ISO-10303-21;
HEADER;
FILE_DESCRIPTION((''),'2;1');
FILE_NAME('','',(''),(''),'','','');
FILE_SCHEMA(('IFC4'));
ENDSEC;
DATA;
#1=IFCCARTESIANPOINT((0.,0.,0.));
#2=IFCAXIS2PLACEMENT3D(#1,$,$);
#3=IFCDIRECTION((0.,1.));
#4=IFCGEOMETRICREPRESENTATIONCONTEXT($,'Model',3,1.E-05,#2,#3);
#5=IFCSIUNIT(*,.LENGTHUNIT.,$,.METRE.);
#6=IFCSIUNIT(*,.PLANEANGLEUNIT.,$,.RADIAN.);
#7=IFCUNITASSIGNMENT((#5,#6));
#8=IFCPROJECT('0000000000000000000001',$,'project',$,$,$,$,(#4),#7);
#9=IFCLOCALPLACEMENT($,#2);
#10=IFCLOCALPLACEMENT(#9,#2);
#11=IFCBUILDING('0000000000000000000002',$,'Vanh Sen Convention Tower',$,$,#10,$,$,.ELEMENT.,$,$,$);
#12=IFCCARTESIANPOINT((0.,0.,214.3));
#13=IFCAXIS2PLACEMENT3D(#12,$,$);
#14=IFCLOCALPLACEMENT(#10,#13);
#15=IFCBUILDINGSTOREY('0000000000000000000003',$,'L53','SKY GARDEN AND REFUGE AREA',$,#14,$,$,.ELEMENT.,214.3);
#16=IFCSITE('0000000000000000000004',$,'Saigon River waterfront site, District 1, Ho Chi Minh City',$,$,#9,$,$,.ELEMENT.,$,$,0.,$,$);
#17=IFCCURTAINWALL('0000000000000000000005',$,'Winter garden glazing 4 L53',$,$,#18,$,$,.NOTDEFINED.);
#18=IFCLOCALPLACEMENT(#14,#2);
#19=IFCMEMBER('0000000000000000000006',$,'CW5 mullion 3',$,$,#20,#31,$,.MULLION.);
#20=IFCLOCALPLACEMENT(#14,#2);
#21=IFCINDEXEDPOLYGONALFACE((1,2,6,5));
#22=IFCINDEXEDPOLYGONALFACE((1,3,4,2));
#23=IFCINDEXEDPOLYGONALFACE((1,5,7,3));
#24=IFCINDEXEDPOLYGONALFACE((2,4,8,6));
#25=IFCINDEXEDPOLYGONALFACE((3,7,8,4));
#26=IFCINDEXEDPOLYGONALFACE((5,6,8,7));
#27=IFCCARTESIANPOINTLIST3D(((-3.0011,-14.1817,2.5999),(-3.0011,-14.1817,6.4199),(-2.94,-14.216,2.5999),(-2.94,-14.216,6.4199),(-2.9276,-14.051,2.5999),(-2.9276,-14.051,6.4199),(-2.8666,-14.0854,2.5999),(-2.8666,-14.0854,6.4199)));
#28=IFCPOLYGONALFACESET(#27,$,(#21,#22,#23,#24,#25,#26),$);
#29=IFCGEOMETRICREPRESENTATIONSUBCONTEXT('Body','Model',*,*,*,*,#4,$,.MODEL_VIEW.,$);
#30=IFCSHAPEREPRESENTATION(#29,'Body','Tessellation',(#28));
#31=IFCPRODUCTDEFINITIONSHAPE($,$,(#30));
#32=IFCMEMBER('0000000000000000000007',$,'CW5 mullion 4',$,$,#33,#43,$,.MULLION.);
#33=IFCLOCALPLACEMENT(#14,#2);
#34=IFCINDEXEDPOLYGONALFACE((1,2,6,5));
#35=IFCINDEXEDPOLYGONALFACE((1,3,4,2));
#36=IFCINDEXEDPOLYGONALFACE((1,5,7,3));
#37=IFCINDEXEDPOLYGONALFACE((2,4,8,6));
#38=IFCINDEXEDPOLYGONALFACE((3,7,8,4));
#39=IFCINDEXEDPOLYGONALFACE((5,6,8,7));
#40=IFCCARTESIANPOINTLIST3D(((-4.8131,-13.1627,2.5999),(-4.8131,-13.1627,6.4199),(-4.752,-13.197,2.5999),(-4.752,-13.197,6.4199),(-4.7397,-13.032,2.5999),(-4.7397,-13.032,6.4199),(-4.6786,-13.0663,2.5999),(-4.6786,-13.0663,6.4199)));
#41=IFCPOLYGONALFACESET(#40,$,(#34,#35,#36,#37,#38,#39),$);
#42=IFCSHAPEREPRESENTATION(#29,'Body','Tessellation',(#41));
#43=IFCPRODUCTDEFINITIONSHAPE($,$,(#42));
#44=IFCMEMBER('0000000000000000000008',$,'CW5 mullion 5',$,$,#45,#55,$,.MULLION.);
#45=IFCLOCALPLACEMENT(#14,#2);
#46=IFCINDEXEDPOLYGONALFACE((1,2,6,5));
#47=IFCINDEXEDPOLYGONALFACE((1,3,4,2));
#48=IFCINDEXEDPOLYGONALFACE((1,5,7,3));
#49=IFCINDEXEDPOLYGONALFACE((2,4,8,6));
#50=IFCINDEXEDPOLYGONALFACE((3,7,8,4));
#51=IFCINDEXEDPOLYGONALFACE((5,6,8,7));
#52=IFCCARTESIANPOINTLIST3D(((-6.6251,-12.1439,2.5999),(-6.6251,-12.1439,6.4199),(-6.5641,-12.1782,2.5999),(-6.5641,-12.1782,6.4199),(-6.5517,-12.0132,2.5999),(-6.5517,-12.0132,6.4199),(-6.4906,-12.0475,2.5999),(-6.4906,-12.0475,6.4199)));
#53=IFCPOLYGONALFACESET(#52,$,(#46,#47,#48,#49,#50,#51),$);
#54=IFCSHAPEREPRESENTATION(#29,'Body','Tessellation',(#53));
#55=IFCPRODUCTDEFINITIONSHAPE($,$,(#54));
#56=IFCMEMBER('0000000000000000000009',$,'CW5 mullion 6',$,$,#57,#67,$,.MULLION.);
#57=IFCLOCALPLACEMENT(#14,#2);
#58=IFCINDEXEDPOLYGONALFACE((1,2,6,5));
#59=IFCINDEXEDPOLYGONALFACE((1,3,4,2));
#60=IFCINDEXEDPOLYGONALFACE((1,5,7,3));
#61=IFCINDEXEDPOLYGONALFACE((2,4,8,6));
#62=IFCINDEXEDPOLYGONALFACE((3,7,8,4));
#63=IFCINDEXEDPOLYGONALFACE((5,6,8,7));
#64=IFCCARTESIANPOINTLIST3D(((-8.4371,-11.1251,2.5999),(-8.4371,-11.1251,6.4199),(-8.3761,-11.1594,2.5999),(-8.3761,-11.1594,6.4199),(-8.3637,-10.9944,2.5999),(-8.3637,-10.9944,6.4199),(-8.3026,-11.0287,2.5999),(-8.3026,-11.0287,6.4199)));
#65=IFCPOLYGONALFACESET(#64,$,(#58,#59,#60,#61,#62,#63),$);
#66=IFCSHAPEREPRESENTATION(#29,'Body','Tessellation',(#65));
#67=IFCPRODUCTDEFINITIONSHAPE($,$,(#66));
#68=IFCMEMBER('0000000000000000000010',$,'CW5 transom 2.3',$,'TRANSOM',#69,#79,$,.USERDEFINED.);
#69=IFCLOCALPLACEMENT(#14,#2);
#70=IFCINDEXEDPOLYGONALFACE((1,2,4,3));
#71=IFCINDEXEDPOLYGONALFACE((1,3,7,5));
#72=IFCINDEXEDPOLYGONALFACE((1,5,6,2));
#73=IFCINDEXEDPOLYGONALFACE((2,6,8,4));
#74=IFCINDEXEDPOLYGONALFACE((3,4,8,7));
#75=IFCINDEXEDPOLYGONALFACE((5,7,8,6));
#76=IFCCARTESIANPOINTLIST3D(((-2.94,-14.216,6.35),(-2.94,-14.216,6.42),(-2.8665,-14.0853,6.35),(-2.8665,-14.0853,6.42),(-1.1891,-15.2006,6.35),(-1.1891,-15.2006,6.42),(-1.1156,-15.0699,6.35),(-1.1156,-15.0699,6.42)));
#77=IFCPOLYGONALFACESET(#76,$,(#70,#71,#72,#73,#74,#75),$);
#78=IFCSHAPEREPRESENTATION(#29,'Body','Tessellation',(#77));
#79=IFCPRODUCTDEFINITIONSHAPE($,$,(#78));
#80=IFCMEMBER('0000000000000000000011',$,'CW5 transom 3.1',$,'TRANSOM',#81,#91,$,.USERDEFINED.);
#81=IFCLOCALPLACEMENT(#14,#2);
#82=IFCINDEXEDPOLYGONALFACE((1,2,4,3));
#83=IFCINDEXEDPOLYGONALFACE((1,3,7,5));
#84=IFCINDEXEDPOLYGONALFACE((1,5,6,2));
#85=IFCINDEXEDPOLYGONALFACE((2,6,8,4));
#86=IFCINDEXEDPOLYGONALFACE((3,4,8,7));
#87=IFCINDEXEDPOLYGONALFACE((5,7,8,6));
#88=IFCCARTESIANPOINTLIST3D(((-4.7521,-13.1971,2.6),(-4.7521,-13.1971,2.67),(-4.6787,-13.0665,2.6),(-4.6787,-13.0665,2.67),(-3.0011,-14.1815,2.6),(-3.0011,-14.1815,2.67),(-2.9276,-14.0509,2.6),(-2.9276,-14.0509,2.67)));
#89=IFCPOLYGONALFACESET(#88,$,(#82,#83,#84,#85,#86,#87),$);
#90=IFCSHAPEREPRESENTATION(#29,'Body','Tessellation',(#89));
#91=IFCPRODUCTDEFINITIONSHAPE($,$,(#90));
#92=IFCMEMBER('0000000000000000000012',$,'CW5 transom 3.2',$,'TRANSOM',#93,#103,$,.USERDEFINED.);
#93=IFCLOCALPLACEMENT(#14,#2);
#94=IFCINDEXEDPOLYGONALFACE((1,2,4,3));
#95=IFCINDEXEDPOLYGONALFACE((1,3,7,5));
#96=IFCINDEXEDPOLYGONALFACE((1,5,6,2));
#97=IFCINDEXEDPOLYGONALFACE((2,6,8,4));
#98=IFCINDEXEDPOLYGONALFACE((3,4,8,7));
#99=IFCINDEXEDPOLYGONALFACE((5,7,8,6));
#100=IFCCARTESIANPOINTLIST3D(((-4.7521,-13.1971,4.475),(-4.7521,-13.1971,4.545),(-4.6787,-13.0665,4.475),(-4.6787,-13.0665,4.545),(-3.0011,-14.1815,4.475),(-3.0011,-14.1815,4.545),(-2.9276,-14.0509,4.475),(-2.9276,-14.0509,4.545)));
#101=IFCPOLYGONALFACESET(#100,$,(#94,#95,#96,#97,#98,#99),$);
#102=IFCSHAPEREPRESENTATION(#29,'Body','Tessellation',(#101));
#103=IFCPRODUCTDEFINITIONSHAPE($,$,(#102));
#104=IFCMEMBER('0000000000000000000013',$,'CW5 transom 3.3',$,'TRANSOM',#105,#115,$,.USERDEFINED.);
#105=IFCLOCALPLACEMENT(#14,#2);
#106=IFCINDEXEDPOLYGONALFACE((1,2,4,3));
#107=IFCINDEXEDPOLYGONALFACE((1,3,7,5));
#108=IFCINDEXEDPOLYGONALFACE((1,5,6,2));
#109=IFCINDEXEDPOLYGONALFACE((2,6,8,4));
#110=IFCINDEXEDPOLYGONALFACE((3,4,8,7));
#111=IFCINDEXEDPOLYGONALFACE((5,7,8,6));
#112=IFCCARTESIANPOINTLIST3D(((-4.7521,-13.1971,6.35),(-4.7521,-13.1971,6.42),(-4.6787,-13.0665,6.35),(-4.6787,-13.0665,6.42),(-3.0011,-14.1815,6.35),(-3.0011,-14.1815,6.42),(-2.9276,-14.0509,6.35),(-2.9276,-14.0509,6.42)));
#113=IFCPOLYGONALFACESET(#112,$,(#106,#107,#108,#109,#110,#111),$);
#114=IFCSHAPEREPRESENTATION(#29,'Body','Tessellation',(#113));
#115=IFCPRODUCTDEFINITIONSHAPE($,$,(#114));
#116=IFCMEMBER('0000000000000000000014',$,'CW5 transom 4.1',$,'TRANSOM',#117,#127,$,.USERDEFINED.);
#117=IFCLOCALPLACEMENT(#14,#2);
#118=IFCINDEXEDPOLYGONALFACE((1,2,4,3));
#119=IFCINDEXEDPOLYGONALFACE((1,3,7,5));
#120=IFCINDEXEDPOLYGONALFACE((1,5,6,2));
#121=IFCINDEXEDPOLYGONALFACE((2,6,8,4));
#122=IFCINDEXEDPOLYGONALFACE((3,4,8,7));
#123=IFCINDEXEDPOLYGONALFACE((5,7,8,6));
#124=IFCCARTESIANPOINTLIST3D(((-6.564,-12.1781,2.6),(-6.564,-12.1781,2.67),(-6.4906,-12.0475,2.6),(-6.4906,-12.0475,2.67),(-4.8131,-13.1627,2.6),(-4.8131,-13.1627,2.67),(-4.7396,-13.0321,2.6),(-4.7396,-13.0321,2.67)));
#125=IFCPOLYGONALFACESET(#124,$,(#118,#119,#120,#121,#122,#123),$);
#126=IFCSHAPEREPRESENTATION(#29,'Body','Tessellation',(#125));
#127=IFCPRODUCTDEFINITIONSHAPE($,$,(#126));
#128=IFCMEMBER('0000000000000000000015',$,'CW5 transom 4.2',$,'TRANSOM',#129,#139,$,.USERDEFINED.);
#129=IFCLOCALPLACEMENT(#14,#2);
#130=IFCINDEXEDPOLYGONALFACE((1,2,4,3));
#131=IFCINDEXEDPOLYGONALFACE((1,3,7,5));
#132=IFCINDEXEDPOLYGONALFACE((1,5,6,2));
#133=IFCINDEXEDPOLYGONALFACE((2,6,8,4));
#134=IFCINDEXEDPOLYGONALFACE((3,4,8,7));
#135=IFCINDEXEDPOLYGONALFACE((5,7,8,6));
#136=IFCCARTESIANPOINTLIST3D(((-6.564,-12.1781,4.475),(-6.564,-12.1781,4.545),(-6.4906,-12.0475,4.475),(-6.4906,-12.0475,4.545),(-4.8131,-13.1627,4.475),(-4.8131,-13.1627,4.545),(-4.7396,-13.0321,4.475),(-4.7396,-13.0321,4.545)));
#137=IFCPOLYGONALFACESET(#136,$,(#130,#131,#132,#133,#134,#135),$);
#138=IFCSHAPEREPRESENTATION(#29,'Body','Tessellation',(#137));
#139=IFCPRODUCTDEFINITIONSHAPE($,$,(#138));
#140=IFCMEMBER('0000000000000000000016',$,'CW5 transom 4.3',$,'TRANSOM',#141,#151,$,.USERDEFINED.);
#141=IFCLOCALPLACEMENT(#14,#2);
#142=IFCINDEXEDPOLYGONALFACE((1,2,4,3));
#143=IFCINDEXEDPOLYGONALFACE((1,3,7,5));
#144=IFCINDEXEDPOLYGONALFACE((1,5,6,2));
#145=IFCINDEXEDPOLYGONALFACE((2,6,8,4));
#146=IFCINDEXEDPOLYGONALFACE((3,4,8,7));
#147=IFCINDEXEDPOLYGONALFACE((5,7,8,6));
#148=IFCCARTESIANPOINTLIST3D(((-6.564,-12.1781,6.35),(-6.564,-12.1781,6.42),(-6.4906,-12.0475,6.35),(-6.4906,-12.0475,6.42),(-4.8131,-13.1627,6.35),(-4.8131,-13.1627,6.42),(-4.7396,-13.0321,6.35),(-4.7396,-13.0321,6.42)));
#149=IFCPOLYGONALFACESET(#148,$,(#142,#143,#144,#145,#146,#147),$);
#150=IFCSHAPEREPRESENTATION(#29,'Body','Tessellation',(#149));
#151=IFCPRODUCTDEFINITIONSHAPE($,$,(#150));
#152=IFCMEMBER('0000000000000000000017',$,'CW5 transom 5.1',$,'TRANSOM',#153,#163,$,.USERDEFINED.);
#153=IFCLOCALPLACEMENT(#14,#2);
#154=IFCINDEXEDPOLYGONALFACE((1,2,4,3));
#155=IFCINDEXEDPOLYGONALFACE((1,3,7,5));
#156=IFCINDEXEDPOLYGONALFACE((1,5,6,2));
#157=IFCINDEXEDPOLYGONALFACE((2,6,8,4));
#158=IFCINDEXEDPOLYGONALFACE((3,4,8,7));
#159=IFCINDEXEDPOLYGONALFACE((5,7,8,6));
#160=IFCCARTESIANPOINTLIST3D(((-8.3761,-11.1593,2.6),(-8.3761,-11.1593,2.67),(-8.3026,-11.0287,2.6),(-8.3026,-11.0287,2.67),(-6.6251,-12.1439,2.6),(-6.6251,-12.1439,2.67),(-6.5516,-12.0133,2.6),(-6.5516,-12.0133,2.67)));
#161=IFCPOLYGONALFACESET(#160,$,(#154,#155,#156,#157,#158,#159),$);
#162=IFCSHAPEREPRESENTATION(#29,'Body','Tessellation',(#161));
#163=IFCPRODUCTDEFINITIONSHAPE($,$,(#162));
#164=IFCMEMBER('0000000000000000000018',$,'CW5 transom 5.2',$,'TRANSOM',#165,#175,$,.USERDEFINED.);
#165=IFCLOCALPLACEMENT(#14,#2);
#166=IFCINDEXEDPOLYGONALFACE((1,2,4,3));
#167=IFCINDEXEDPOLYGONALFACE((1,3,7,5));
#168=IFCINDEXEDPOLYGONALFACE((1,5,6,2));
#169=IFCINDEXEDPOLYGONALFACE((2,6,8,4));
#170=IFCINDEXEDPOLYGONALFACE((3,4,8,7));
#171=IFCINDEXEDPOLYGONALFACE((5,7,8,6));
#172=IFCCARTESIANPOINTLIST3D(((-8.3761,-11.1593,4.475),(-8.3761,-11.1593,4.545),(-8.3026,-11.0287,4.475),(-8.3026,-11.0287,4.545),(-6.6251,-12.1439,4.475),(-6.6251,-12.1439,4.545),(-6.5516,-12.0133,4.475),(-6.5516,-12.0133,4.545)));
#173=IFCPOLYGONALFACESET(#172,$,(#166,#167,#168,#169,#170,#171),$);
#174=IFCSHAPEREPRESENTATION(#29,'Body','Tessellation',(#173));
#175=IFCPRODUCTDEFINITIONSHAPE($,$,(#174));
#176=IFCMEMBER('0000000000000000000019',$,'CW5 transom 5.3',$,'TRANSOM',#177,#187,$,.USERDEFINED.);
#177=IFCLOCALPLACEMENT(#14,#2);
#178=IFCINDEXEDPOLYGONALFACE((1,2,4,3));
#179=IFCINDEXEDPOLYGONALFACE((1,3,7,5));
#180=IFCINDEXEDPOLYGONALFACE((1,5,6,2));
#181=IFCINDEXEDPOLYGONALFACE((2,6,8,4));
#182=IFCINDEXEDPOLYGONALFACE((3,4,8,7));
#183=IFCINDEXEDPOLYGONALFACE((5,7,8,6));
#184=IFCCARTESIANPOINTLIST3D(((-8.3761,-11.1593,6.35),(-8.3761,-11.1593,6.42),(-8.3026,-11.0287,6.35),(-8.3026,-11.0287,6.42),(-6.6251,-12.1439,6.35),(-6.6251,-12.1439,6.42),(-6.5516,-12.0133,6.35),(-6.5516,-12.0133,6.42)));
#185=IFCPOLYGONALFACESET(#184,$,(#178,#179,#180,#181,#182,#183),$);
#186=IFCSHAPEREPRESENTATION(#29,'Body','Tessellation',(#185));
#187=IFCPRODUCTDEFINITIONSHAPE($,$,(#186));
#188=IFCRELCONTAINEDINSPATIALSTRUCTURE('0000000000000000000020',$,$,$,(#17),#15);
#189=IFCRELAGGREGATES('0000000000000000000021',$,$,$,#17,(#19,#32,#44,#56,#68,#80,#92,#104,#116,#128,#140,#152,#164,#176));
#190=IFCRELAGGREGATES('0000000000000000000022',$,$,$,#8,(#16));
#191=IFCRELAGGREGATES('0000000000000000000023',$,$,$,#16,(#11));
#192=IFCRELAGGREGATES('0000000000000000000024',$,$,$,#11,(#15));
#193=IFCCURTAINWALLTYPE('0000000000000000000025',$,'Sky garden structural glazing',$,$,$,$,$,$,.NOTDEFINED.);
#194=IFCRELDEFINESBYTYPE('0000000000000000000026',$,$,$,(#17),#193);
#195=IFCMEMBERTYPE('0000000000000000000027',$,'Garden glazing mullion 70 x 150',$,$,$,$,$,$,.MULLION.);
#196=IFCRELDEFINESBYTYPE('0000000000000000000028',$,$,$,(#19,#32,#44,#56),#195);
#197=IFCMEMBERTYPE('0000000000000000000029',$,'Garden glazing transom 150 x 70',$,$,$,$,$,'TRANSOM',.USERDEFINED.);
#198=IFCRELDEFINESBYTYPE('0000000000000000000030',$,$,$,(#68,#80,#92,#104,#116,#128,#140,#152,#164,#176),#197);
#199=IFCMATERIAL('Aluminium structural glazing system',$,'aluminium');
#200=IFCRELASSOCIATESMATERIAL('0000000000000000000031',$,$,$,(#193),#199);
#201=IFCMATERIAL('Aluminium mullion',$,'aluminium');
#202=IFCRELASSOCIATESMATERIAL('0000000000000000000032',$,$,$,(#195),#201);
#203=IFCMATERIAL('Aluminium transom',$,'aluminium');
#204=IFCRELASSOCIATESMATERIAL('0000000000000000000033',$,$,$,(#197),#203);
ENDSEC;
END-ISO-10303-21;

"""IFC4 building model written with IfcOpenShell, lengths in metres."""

from ifc_helpers import new_model, si_unit, direction, frame, origin, origin_2d, place, context, subcontext, project, spatial, rectangle, extrude, material, material_profile, profile_set, type_object, element, aggregate, save


model = new_model("IFC4")

# Units and contexts
model_context = context("Model", 3, precision=1e-05, world=origin(), true_north=direction((0.0, 1.0)))
body_context = subcontext(model_context, "Body", "Model", "MODEL_VIEW")
ifc_project = project(units=[si_unit("LENGTHUNIT", "METRE"), si_unit("PLANEANGLEUNIT", "RADIAN")], contexts=[model_context])

# Site, building, storey
site_placement = place(None, origin())
site = spatial("IfcSite", under=ifc_project, at=site_placement, Name="Saigon River waterfront site, District 1, Ho Chi Minh City", CompositionType="ELEMENT", RefElevation=0.0)
building_placement = place(site_placement, origin())
building = spatial("IfcBuilding", under=site, at=building_placement, Name="Vanh Sen Convention Tower", CompositionType="ELEMENT")
storey_placement = place(building_placement, frame((0.0, 0.0, 214.3)))
storey = spatial("IfcBuildingStorey", under=building, at=storey_placement, Name="L53", Description="SKY GARDEN AND REFUGE AREA", CompositionType="ELEMENT", Elevation=214.3)

# Curtain wall, members
ifc_material_1 = material(Name="Aluminium structural glazing system", Category="aluminium")
curtain_wall_type = type_object("IfcCurtainWallType", Name="Sky garden structural glazing", PredefinedType="NOTDEFINED", material=ifc_material_1)
curtain_wall_placement = place(storey_placement, origin())
curtain_wall = element("IfcCurtainWall", 1, at=curtain_wall_placement, inside=storey, type_object=curtain_wall_type, Name="Winter garden glazing 4 L53", PredefinedType="NOTDEFINED")
ifc_material_2 = material(Name="Aluminium mullion", Category="aluminium")
ifc_material_profile_1 = material_profile(ifc_material_2, rectangle(XDim=0.1499, YDim=0.0701, at=origin_2d()), Name="Garden glazing mullion 70 x 150")
ifc_profile_set_1 = profile_set([ifc_material_profile_1], Name="Aluminium mullion")
member_type_1 = type_object("IfcMemberType", Name="Garden glazing mullion 70 x 150", PredefinedType="MULLION", material=ifc_profile_set_1)
member_1_placement = place(storey_placement, frame((-2.9338, -14.1335, 2.5999), z_axis=(0.0, 0.0, 1.0), x_axis=(-0.49012, -0.871655, 0.0)))
member_1 = element("IfcMember", 2, at=member_1_placement, type_object=member_type_1, Name="CW5 mullion 3", PredefinedType="MULLION", context=body_context, shape_type="SweptSolid", body=[
    extrude(rectangle(XDim=0.1499, YDim=0.0701, at=origin_2d()), origin(), (0.0, 0.0, 1.0), 3.8201),
])
member_2_placement = place(storey_placement, frame((-4.7458, -13.1145, 2.5999), z_axis=(0.0, 0.0, 1.0), x_axis=(-0.49012, -0.871655, 0.0)))
member_2 = element("IfcMember", 3, at=member_2_placement, type_object=member_type_1, Name="CW5 mullion 4", PredefinedType="MULLION", context=body_context, shape_type="SweptSolid", body=[
    extrude(rectangle(XDim=0.1499, YDim=0.0701, at=origin_2d()), origin(), (0.0, 0.0, 1.0), 3.8201),
])
member_3_placement = place(storey_placement, frame((-6.5579, -12.0957, 2.5999), z_axis=(0.0, 0.0, 1.0), x_axis=(-0.49012, -0.871655, 0.0)))
member_3 = element("IfcMember", 4, at=member_3_placement, type_object=member_type_1, Name="CW5 mullion 5", PredefinedType="MULLION", context=body_context, shape_type="SweptSolid", body=[
    extrude(rectangle(XDim=0.1499, YDim=0.0701, at=origin_2d()), origin(), (0.0, 0.0, 1.0), 3.8201),
])
member_4_placement = place(storey_placement, frame((-8.3699, -11.0769, 2.5999), z_axis=(0.0, 0.0, 1.0), x_axis=(-0.49012, -0.871655, 0.0)))
member_4 = element("IfcMember", 5, at=member_4_placement, type_object=member_type_1, Name="CW5 mullion 6", PredefinedType="MULLION", context=body_context, shape_type="SweptSolid", body=[
    extrude(rectangle(XDim=0.1499, YDim=0.0701, at=origin_2d()), origin(), (0.0, 0.0, 1.0), 3.8201),
])
ifc_material_3 = material(Name="Aluminium transom", Category="aluminium")
ifc_material_profile_2 = material_profile(ifc_material_3, rectangle(XDim=0.1499, YDim=0.0701, at=origin_2d()), Name="Garden glazing transom 150 x 70")
ifc_profile_set_2 = profile_set([ifc_material_profile_2], Name="Aluminium transom")
member_type_2 = type_object("IfcMemberType", Name="Garden glazing transom 150 x 70", ElementType="TRANSOM", PredefinedType="USERDEFINED", material=ifc_profile_set_2)
member_5_placement = place(storey_placement, frame((-1.1523, -15.1353, 6.385), z_axis=(-0.87164, 0.490146, 0.0), x_axis=(-0.490146, -0.87164, 0.0)))
member_5 = element("IfcMember", 6, at=member_5_placement, type_object=member_type_2, Name="CW5 transom 2.3", ObjectType="TRANSOM", PredefinedType="USERDEFINED", context=body_context, shape_type="SweptSolid", body=[
    extrude(rectangle(XDim=0.1499, YDim=0.0701, at=origin_2d()), origin(), (0.0, 0.0, 1.0), 2.0088),
])
member_6_placement = place(storey_placement, frame((-2.9644, -14.1162, 2.635), z_axis=(-0.871692, 0.490053, 0.0), x_axis=(-0.490053, -0.871692, 0.0)))
member_6 = element("IfcMember", 7, at=member_6_placement, type_object=member_type_2, Name="CW5 transom 3.1", ObjectType="TRANSOM", PredefinedType="USERDEFINED", context=body_context, shape_type="SweptSolid", body=[
    extrude(rectangle(XDim=0.1499, YDim=0.0701, at=origin_2d()), origin(), (0.0, 0.0, 1.0), 2.0088),
])
member_7_placement = place(storey_placement, frame((-2.9644, -14.1162, 4.51), z_axis=(-0.871692, 0.490053, 0.0), x_axis=(-0.490053, -0.871692, 0.0)))
member_7 = element("IfcMember", 8, at=member_7_placement, type_object=member_type_2, Name="CW5 transom 3.2", ObjectType="TRANSOM", PredefinedType="USERDEFINED", context=body_context, shape_type="SweptSolid", body=[
    extrude(rectangle(XDim=0.1499, YDim=0.0701, at=origin_2d()), origin(), (0.0, 0.0, 1.0), 2.0088),
])
member_8_placement = place(storey_placement, frame((-2.9644, -14.1162, 6.385), z_axis=(-0.871692, 0.490053, 0.0), x_axis=(-0.490053, -0.871692, 0.0)))
member_8 = element("IfcMember", 9, at=member_8_placement, type_object=member_type_2, Name="CW5 transom 3.3", ObjectType="TRANSOM", PredefinedType="USERDEFINED", context=body_context, shape_type="SweptSolid", body=[
    extrude(rectangle(XDim=0.1499, YDim=0.0701, at=origin_2d()), origin(), (0.0, 0.0, 1.0), 2.0088),
])
member_9_placement = place(storey_placement, frame((-4.7764, -13.0974, 2.635), z_axis=(-0.87164, 0.490146, 0.0), x_axis=(-0.490146, -0.87164, 0.0)))
member_9 = element("IfcMember", 10, at=member_9_placement, type_object=member_type_2, Name="CW5 transom 4.1", ObjectType="TRANSOM", PredefinedType="USERDEFINED", context=body_context, shape_type="SweptSolid", body=[
    extrude(rectangle(XDim=0.1499, YDim=0.0701, at=origin_2d()), origin(), (0.0, 0.0, 1.0), 2.0088),
])
member_10_placement = place(storey_placement, frame((-4.7764, -13.0974, 4.51), z_axis=(-0.87164, 0.490146, 0.0), x_axis=(-0.490146, -0.87164, 0.0)))
member_10 = element("IfcMember", 11, at=member_10_placement, type_object=member_type_2, Name="CW5 transom 4.2", ObjectType="TRANSOM", PredefinedType="USERDEFINED", context=body_context, shape_type="SweptSolid", body=[
    extrude(rectangle(XDim=0.1499, YDim=0.0701, at=origin_2d()), origin(), (0.0, 0.0, 1.0), 2.0088),
])
member_11_placement = place(storey_placement, frame((-4.7764, -13.0974, 6.385), z_axis=(-0.87164, 0.490146, 0.0), x_axis=(-0.490146, -0.87164, 0.0)))
member_11 = element("IfcMember", 12, at=member_11_placement, type_object=member_type_2, Name="CW5 transom 4.3", ObjectType="TRANSOM", PredefinedType="USERDEFINED", context=body_context, shape_type="SweptSolid", body=[
    extrude(rectangle(XDim=0.1499, YDim=0.0701, at=origin_2d()), origin(), (0.0, 0.0, 1.0), 2.0088),
])
member_12_placement = place(storey_placement, frame((-6.5884, -12.0786, 2.635), z_axis=(-0.87164, 0.490146, 0.0), x_axis=(-0.490146, -0.87164, 0.0)))
member_12 = element("IfcMember", 13, at=member_12_placement, type_object=member_type_2, Name="CW5 transom 5.1", ObjectType="TRANSOM", PredefinedType="USERDEFINED", context=body_context, shape_type="SweptSolid", body=[
    extrude(rectangle(XDim=0.1499, YDim=0.0701, at=origin_2d()), origin(), (0.0, 0.0, 1.0), 2.0088),
])
member_13_placement = place(storey_placement, frame((-6.5884, -12.0786, 4.51), z_axis=(-0.87164, 0.490146, 0.0), x_axis=(-0.490146, -0.87164, 0.0)))
member_13 = element("IfcMember", 14, at=member_13_placement, type_object=member_type_2, Name="CW5 transom 5.2", ObjectType="TRANSOM", PredefinedType="USERDEFINED", context=body_context, shape_type="SweptSolid", body=[
    extrude(rectangle(XDim=0.1499, YDim=0.0701, at=origin_2d()), origin(), (0.0, 0.0, 1.0), 2.0088),
])
member_14_placement = place(storey_placement, frame((-6.5884, -12.0786, 6.385), z_axis=(-0.87164, 0.490146, 0.0), x_axis=(-0.490146, -0.87164, 0.0)))
member_14 = element("IfcMember", 15, at=member_14_placement, type_object=member_type_2, Name="CW5 transom 5.3", ObjectType="TRANSOM", PredefinedType="USERDEFINED", context=body_context, shape_type="SweptSolid", body=[
    extrude(rectangle(XDim=0.1499, YDim=0.0701, at=origin_2d()), origin(), (0.0, 0.0, 1.0), 2.0088),
])
aggregate(curtain_wall, [member_1, member_2, member_3, member_4, member_5, member_6, member_7, member_8, member_9, member_10, member_11, member_12, member_13, member_14])

save(model, "model.ifc")
